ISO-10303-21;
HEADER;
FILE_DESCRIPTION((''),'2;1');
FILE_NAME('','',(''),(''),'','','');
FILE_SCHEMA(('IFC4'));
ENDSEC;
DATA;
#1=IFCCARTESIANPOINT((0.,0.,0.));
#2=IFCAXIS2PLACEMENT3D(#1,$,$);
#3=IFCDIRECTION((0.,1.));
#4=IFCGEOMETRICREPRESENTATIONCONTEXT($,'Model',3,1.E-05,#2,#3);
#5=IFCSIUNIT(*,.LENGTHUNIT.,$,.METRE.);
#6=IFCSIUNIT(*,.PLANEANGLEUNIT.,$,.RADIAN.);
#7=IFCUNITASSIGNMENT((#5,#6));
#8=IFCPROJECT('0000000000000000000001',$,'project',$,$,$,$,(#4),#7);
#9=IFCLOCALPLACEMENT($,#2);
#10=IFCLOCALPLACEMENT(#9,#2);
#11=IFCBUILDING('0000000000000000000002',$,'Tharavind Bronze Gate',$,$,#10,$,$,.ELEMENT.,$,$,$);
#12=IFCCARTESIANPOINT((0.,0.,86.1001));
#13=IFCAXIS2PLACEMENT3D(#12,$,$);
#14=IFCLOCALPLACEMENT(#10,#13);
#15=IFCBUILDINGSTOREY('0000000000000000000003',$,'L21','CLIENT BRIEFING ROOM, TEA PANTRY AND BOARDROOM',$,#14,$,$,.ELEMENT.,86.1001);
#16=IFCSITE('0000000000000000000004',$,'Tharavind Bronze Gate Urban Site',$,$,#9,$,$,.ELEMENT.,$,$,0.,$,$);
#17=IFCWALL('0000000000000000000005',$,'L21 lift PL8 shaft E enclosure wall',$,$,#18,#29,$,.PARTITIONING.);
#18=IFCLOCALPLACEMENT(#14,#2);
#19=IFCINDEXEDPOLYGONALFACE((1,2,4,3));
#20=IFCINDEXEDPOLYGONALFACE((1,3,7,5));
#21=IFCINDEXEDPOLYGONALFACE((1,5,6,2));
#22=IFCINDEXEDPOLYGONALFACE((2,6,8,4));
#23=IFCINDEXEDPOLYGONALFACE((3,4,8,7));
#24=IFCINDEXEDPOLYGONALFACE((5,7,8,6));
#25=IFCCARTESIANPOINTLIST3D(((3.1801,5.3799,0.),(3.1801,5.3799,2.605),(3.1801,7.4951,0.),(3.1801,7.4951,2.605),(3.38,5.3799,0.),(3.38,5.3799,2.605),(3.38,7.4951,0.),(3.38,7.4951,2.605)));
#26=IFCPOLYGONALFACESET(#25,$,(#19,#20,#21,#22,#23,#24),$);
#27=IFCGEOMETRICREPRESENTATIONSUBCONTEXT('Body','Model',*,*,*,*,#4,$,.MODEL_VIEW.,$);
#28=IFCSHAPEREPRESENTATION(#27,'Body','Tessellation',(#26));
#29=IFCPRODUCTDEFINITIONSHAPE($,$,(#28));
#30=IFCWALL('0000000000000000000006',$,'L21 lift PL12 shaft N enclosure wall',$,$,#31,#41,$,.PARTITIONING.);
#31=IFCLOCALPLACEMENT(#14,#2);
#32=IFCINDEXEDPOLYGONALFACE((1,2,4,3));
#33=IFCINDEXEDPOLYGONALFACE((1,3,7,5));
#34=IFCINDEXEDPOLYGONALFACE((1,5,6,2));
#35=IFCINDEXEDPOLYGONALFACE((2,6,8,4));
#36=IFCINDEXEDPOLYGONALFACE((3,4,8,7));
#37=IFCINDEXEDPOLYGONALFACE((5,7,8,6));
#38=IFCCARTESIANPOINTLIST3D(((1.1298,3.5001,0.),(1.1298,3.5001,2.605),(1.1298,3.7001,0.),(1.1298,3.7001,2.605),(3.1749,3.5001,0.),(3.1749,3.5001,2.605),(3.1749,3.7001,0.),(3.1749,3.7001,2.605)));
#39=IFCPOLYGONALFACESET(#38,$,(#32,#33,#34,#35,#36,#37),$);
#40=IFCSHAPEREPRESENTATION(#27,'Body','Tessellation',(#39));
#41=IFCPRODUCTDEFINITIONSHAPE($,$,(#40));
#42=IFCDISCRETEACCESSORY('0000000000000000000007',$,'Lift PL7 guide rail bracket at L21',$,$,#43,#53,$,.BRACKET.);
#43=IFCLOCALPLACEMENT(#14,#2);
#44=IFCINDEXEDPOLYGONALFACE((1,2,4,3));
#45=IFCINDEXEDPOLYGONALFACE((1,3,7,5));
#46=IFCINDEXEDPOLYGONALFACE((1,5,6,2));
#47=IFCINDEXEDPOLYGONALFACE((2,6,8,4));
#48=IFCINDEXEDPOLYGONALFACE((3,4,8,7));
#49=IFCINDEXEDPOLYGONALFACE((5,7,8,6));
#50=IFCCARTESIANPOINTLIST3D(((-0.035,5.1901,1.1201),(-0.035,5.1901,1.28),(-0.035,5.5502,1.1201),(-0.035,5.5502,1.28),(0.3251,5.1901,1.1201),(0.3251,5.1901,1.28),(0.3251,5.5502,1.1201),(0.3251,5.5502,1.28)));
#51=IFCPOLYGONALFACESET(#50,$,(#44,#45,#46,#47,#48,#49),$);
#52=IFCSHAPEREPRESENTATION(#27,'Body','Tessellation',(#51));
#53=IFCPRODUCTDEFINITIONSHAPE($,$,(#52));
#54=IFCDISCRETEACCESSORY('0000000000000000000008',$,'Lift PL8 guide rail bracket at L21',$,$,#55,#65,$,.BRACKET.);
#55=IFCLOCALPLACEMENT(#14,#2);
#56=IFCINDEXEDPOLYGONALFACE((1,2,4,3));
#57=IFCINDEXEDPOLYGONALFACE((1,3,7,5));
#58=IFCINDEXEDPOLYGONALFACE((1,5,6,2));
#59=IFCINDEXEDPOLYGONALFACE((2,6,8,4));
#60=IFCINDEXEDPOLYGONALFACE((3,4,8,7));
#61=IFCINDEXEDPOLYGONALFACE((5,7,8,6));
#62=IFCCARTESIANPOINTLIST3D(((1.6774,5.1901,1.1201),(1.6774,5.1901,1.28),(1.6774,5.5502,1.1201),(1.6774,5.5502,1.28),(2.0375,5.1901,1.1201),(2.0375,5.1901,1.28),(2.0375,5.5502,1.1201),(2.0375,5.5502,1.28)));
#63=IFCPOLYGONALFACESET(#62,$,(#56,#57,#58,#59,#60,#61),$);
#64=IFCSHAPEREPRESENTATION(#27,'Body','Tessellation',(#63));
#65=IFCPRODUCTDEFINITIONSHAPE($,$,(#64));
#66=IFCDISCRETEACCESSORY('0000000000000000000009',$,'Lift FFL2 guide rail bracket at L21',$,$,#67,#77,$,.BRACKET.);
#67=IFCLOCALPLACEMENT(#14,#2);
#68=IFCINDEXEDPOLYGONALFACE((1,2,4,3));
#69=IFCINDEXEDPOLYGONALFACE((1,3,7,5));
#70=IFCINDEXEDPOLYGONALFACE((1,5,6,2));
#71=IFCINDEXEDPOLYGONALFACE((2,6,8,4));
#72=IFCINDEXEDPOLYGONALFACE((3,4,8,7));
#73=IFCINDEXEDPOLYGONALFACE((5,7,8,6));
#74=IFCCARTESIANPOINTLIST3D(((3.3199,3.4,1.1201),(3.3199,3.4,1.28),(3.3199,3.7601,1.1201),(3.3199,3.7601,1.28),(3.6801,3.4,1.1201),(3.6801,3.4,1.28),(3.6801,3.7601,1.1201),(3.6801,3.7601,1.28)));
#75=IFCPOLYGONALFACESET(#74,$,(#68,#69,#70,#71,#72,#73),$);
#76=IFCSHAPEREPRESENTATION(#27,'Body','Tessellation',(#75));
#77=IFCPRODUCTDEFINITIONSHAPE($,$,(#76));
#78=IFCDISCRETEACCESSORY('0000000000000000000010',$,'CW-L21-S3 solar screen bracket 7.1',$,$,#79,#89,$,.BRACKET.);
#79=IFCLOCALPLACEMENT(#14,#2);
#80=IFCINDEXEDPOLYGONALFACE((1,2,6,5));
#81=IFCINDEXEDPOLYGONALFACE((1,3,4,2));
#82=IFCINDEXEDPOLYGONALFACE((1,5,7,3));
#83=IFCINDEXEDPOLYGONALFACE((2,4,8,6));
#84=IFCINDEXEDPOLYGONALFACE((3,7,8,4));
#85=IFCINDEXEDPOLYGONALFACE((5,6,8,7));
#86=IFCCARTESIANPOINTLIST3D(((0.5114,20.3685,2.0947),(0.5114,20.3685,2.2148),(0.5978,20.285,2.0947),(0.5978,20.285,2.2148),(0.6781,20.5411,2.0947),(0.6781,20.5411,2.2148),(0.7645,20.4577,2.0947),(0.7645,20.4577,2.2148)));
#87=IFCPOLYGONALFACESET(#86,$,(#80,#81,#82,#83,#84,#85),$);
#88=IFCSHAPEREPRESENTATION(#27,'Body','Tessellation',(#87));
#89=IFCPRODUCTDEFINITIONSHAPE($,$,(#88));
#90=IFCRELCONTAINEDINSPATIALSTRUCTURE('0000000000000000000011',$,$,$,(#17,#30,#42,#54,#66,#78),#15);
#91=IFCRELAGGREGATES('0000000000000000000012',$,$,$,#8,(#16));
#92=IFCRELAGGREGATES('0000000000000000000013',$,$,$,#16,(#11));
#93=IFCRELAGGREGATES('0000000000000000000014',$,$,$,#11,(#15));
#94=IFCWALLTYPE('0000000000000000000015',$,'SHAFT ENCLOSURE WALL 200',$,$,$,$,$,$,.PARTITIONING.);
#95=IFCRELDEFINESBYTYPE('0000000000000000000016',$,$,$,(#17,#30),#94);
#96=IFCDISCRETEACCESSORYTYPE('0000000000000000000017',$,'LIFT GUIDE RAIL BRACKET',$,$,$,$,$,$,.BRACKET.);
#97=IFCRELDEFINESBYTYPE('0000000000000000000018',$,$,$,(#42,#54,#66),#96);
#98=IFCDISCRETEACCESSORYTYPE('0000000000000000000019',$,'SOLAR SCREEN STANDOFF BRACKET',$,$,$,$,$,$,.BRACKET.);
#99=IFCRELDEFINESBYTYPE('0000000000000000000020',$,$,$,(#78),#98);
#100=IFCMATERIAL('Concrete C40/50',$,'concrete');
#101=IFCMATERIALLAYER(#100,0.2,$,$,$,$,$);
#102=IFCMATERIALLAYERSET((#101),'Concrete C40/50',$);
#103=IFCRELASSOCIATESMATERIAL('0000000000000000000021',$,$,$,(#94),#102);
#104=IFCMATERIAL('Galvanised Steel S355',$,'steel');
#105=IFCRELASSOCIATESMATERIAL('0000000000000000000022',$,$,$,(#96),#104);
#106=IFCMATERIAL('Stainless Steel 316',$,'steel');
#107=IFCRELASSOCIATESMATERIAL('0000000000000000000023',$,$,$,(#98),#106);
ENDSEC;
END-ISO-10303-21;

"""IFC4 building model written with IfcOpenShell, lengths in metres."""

from ifc_helpers import new_model, si_unit, direction, frame, frame_2d, origin, origin_2d, place, context, subcontext, project, spatial, rectangle, extrude, material, layer, layer_set, type_object, element, save


model = new_model("IFC4")

# Units and contexts
model_context = context("Model", 3, precision=1e-05, world=origin(), true_north=direction((0.0, 1.0)))
body_context = subcontext(model_context, "Body", "Model", "MODEL_VIEW")
ifc_project = project(units=[si_unit("LENGTHUNIT", "METRE"), si_unit("PLANEANGLEUNIT", "RADIAN")], contexts=[model_context])

# Site, building, storey
site_placement = place(None, origin())
site = spatial("IfcSite", under=ifc_project, at=site_placement, Name="Tharavind Bronze Gate Urban Site", CompositionType="ELEMENT", RefElevation=0.0)
building_placement = place(site_placement, origin())
building = spatial("IfcBuilding", under=site, at=building_placement, Name="Tharavind Bronze Gate", CompositionType="ELEMENT")
storey_placement = place(building_placement, frame((0.0, 0.0, 86.1001)))
storey = spatial("IfcBuildingStorey", under=building, at=storey_placement, Name="L21", Description="CLIENT BRIEFING ROOM, TEA PANTRY AND BOARDROOM", CompositionType="ELEMENT", Elevation=86.1001)

# Walls
ifc_material_1 = material(Name="Concrete C40/50", Category="concrete")
ifc_layer_1 = layer(ifc_material_1, 0.2)
ifc_layer_set_1 = layer_set([ifc_layer_1], Name="Concrete C40/50")
wall_type_1 = type_object("IfcWallType", Name="SHAFT ENCLOSURE WALL 200", PredefinedType="PARTITIONING", material=ifc_layer_set_1)
wall_1_placement = place(storey_placement, frame((3.28, 5.3799, 0.0), z_axis=(0.0, 0.0, 1.0), x_axis=(0.0, 1.0, 0.0)))
element("IfcWall", 1, at=wall_1_placement, inside=storey, type_object=wall_type_1, Name="L21 lift PL8 shaft E enclosure wall", PredefinedType="PARTITIONING", context=body_context, shape_type="SweptSolid", body=[
    extrude(rectangle(XDim=2.1152, YDim=0.2, at=frame_2d((1.0576, 0.0))), origin(), (0.0, 0.0, 1.0), 2.605),
])
wall_2_placement = place(storey_placement, frame((1.1299, 3.6001, 0.0), z_axis=(0.0, 0.0, 1.0), x_axis=(1.0, 0.0, 0.0)))
element("IfcWall", 2, at=wall_2_placement, inside=storey, type_object=wall_type_1, Name="L21 lift PL12 shaft N enclosure wall", PredefinedType="PARTITIONING", context=body_context, shape_type="SweptSolid", body=[
    extrude(rectangle(XDim=2.0452, YDim=0.2, at=frame_2d((1.0225, 0.0))), origin(), (0.0, 0.0, 1.0), 2.605),
])

# Discrete accessories
ifc_material_2 = material(Name="Galvanised Steel S355", Category="steel")
discrete_accessory_type_1 = type_object("IfcDiscreteAccessoryType", Name="LIFT GUIDE RAIL BRACKET", PredefinedType="BRACKET", material=ifc_material_2)
for number, where, z_axis, x_axis, name in (
    (3, (0.145, 5.3701, 1.1201), (0.0, 0.0, 1.0), (1.0, 0.0, 0.0), "Lift PL7 guide rail bracket at L21"),
    (4, (1.8574, 5.3701, 1.1201), (0.0, 0.0, 1.0), (1.0, 0.0, 0.0), "Lift PL8 guide rail bracket at L21"),
    (5, (3.5, 3.5801, 1.1201), (0.0, 0.0, 1.0), (1.0, 0.0, 0.0), "Lift FFL2 guide rail bracket at L21"),
):
    element("IfcDiscreteAccessory", number, at=place(storey_placement, frame(where, z_axis=z_axis, x_axis=x_axis)), inside=storey, type_object=discrete_accessory_type_1, Name=name, PredefinedType="BRACKET", context=body_context, shape_type="SweptSolid", body=[
        extrude(rectangle(XDim=0.3601, YDim=0.3601, at=origin_2d()), origin(), (0.0, 0.0, 1.0), 0.1599),
    ])
ifc_material_3 = material(Name="Stainless Steel 316", Category="steel")
discrete_accessory_type_2 = type_object("IfcDiscreteAccessoryType", Name="SOLAR SCREEN STANDOFF BRACKET", PredefinedType="BRACKET", material=ifc_material_3)
discrete_accessory_placement = place(storey_placement, frame((0.6379, 20.4131, 2.0947), z_axis=(0.0, 0.0, 1.0), x_axis=(-0.719341, 0.694657, 0.0)))
element("IfcDiscreteAccessory", 6, at=discrete_accessory_placement, inside=storey, type_object=discrete_accessory_type_2, Name="CW-L21-S3 solar screen bracket 7.1", PredefinedType="BRACKET", context=body_context, shape_type="SweptSolid", body=[
    extrude(rectangle(XDim=0.1201, YDim=0.24, at=origin_2d()), origin(), (0.0, 0.0, 1.0), 0.1201),
])

save(model, "model.ifc")
